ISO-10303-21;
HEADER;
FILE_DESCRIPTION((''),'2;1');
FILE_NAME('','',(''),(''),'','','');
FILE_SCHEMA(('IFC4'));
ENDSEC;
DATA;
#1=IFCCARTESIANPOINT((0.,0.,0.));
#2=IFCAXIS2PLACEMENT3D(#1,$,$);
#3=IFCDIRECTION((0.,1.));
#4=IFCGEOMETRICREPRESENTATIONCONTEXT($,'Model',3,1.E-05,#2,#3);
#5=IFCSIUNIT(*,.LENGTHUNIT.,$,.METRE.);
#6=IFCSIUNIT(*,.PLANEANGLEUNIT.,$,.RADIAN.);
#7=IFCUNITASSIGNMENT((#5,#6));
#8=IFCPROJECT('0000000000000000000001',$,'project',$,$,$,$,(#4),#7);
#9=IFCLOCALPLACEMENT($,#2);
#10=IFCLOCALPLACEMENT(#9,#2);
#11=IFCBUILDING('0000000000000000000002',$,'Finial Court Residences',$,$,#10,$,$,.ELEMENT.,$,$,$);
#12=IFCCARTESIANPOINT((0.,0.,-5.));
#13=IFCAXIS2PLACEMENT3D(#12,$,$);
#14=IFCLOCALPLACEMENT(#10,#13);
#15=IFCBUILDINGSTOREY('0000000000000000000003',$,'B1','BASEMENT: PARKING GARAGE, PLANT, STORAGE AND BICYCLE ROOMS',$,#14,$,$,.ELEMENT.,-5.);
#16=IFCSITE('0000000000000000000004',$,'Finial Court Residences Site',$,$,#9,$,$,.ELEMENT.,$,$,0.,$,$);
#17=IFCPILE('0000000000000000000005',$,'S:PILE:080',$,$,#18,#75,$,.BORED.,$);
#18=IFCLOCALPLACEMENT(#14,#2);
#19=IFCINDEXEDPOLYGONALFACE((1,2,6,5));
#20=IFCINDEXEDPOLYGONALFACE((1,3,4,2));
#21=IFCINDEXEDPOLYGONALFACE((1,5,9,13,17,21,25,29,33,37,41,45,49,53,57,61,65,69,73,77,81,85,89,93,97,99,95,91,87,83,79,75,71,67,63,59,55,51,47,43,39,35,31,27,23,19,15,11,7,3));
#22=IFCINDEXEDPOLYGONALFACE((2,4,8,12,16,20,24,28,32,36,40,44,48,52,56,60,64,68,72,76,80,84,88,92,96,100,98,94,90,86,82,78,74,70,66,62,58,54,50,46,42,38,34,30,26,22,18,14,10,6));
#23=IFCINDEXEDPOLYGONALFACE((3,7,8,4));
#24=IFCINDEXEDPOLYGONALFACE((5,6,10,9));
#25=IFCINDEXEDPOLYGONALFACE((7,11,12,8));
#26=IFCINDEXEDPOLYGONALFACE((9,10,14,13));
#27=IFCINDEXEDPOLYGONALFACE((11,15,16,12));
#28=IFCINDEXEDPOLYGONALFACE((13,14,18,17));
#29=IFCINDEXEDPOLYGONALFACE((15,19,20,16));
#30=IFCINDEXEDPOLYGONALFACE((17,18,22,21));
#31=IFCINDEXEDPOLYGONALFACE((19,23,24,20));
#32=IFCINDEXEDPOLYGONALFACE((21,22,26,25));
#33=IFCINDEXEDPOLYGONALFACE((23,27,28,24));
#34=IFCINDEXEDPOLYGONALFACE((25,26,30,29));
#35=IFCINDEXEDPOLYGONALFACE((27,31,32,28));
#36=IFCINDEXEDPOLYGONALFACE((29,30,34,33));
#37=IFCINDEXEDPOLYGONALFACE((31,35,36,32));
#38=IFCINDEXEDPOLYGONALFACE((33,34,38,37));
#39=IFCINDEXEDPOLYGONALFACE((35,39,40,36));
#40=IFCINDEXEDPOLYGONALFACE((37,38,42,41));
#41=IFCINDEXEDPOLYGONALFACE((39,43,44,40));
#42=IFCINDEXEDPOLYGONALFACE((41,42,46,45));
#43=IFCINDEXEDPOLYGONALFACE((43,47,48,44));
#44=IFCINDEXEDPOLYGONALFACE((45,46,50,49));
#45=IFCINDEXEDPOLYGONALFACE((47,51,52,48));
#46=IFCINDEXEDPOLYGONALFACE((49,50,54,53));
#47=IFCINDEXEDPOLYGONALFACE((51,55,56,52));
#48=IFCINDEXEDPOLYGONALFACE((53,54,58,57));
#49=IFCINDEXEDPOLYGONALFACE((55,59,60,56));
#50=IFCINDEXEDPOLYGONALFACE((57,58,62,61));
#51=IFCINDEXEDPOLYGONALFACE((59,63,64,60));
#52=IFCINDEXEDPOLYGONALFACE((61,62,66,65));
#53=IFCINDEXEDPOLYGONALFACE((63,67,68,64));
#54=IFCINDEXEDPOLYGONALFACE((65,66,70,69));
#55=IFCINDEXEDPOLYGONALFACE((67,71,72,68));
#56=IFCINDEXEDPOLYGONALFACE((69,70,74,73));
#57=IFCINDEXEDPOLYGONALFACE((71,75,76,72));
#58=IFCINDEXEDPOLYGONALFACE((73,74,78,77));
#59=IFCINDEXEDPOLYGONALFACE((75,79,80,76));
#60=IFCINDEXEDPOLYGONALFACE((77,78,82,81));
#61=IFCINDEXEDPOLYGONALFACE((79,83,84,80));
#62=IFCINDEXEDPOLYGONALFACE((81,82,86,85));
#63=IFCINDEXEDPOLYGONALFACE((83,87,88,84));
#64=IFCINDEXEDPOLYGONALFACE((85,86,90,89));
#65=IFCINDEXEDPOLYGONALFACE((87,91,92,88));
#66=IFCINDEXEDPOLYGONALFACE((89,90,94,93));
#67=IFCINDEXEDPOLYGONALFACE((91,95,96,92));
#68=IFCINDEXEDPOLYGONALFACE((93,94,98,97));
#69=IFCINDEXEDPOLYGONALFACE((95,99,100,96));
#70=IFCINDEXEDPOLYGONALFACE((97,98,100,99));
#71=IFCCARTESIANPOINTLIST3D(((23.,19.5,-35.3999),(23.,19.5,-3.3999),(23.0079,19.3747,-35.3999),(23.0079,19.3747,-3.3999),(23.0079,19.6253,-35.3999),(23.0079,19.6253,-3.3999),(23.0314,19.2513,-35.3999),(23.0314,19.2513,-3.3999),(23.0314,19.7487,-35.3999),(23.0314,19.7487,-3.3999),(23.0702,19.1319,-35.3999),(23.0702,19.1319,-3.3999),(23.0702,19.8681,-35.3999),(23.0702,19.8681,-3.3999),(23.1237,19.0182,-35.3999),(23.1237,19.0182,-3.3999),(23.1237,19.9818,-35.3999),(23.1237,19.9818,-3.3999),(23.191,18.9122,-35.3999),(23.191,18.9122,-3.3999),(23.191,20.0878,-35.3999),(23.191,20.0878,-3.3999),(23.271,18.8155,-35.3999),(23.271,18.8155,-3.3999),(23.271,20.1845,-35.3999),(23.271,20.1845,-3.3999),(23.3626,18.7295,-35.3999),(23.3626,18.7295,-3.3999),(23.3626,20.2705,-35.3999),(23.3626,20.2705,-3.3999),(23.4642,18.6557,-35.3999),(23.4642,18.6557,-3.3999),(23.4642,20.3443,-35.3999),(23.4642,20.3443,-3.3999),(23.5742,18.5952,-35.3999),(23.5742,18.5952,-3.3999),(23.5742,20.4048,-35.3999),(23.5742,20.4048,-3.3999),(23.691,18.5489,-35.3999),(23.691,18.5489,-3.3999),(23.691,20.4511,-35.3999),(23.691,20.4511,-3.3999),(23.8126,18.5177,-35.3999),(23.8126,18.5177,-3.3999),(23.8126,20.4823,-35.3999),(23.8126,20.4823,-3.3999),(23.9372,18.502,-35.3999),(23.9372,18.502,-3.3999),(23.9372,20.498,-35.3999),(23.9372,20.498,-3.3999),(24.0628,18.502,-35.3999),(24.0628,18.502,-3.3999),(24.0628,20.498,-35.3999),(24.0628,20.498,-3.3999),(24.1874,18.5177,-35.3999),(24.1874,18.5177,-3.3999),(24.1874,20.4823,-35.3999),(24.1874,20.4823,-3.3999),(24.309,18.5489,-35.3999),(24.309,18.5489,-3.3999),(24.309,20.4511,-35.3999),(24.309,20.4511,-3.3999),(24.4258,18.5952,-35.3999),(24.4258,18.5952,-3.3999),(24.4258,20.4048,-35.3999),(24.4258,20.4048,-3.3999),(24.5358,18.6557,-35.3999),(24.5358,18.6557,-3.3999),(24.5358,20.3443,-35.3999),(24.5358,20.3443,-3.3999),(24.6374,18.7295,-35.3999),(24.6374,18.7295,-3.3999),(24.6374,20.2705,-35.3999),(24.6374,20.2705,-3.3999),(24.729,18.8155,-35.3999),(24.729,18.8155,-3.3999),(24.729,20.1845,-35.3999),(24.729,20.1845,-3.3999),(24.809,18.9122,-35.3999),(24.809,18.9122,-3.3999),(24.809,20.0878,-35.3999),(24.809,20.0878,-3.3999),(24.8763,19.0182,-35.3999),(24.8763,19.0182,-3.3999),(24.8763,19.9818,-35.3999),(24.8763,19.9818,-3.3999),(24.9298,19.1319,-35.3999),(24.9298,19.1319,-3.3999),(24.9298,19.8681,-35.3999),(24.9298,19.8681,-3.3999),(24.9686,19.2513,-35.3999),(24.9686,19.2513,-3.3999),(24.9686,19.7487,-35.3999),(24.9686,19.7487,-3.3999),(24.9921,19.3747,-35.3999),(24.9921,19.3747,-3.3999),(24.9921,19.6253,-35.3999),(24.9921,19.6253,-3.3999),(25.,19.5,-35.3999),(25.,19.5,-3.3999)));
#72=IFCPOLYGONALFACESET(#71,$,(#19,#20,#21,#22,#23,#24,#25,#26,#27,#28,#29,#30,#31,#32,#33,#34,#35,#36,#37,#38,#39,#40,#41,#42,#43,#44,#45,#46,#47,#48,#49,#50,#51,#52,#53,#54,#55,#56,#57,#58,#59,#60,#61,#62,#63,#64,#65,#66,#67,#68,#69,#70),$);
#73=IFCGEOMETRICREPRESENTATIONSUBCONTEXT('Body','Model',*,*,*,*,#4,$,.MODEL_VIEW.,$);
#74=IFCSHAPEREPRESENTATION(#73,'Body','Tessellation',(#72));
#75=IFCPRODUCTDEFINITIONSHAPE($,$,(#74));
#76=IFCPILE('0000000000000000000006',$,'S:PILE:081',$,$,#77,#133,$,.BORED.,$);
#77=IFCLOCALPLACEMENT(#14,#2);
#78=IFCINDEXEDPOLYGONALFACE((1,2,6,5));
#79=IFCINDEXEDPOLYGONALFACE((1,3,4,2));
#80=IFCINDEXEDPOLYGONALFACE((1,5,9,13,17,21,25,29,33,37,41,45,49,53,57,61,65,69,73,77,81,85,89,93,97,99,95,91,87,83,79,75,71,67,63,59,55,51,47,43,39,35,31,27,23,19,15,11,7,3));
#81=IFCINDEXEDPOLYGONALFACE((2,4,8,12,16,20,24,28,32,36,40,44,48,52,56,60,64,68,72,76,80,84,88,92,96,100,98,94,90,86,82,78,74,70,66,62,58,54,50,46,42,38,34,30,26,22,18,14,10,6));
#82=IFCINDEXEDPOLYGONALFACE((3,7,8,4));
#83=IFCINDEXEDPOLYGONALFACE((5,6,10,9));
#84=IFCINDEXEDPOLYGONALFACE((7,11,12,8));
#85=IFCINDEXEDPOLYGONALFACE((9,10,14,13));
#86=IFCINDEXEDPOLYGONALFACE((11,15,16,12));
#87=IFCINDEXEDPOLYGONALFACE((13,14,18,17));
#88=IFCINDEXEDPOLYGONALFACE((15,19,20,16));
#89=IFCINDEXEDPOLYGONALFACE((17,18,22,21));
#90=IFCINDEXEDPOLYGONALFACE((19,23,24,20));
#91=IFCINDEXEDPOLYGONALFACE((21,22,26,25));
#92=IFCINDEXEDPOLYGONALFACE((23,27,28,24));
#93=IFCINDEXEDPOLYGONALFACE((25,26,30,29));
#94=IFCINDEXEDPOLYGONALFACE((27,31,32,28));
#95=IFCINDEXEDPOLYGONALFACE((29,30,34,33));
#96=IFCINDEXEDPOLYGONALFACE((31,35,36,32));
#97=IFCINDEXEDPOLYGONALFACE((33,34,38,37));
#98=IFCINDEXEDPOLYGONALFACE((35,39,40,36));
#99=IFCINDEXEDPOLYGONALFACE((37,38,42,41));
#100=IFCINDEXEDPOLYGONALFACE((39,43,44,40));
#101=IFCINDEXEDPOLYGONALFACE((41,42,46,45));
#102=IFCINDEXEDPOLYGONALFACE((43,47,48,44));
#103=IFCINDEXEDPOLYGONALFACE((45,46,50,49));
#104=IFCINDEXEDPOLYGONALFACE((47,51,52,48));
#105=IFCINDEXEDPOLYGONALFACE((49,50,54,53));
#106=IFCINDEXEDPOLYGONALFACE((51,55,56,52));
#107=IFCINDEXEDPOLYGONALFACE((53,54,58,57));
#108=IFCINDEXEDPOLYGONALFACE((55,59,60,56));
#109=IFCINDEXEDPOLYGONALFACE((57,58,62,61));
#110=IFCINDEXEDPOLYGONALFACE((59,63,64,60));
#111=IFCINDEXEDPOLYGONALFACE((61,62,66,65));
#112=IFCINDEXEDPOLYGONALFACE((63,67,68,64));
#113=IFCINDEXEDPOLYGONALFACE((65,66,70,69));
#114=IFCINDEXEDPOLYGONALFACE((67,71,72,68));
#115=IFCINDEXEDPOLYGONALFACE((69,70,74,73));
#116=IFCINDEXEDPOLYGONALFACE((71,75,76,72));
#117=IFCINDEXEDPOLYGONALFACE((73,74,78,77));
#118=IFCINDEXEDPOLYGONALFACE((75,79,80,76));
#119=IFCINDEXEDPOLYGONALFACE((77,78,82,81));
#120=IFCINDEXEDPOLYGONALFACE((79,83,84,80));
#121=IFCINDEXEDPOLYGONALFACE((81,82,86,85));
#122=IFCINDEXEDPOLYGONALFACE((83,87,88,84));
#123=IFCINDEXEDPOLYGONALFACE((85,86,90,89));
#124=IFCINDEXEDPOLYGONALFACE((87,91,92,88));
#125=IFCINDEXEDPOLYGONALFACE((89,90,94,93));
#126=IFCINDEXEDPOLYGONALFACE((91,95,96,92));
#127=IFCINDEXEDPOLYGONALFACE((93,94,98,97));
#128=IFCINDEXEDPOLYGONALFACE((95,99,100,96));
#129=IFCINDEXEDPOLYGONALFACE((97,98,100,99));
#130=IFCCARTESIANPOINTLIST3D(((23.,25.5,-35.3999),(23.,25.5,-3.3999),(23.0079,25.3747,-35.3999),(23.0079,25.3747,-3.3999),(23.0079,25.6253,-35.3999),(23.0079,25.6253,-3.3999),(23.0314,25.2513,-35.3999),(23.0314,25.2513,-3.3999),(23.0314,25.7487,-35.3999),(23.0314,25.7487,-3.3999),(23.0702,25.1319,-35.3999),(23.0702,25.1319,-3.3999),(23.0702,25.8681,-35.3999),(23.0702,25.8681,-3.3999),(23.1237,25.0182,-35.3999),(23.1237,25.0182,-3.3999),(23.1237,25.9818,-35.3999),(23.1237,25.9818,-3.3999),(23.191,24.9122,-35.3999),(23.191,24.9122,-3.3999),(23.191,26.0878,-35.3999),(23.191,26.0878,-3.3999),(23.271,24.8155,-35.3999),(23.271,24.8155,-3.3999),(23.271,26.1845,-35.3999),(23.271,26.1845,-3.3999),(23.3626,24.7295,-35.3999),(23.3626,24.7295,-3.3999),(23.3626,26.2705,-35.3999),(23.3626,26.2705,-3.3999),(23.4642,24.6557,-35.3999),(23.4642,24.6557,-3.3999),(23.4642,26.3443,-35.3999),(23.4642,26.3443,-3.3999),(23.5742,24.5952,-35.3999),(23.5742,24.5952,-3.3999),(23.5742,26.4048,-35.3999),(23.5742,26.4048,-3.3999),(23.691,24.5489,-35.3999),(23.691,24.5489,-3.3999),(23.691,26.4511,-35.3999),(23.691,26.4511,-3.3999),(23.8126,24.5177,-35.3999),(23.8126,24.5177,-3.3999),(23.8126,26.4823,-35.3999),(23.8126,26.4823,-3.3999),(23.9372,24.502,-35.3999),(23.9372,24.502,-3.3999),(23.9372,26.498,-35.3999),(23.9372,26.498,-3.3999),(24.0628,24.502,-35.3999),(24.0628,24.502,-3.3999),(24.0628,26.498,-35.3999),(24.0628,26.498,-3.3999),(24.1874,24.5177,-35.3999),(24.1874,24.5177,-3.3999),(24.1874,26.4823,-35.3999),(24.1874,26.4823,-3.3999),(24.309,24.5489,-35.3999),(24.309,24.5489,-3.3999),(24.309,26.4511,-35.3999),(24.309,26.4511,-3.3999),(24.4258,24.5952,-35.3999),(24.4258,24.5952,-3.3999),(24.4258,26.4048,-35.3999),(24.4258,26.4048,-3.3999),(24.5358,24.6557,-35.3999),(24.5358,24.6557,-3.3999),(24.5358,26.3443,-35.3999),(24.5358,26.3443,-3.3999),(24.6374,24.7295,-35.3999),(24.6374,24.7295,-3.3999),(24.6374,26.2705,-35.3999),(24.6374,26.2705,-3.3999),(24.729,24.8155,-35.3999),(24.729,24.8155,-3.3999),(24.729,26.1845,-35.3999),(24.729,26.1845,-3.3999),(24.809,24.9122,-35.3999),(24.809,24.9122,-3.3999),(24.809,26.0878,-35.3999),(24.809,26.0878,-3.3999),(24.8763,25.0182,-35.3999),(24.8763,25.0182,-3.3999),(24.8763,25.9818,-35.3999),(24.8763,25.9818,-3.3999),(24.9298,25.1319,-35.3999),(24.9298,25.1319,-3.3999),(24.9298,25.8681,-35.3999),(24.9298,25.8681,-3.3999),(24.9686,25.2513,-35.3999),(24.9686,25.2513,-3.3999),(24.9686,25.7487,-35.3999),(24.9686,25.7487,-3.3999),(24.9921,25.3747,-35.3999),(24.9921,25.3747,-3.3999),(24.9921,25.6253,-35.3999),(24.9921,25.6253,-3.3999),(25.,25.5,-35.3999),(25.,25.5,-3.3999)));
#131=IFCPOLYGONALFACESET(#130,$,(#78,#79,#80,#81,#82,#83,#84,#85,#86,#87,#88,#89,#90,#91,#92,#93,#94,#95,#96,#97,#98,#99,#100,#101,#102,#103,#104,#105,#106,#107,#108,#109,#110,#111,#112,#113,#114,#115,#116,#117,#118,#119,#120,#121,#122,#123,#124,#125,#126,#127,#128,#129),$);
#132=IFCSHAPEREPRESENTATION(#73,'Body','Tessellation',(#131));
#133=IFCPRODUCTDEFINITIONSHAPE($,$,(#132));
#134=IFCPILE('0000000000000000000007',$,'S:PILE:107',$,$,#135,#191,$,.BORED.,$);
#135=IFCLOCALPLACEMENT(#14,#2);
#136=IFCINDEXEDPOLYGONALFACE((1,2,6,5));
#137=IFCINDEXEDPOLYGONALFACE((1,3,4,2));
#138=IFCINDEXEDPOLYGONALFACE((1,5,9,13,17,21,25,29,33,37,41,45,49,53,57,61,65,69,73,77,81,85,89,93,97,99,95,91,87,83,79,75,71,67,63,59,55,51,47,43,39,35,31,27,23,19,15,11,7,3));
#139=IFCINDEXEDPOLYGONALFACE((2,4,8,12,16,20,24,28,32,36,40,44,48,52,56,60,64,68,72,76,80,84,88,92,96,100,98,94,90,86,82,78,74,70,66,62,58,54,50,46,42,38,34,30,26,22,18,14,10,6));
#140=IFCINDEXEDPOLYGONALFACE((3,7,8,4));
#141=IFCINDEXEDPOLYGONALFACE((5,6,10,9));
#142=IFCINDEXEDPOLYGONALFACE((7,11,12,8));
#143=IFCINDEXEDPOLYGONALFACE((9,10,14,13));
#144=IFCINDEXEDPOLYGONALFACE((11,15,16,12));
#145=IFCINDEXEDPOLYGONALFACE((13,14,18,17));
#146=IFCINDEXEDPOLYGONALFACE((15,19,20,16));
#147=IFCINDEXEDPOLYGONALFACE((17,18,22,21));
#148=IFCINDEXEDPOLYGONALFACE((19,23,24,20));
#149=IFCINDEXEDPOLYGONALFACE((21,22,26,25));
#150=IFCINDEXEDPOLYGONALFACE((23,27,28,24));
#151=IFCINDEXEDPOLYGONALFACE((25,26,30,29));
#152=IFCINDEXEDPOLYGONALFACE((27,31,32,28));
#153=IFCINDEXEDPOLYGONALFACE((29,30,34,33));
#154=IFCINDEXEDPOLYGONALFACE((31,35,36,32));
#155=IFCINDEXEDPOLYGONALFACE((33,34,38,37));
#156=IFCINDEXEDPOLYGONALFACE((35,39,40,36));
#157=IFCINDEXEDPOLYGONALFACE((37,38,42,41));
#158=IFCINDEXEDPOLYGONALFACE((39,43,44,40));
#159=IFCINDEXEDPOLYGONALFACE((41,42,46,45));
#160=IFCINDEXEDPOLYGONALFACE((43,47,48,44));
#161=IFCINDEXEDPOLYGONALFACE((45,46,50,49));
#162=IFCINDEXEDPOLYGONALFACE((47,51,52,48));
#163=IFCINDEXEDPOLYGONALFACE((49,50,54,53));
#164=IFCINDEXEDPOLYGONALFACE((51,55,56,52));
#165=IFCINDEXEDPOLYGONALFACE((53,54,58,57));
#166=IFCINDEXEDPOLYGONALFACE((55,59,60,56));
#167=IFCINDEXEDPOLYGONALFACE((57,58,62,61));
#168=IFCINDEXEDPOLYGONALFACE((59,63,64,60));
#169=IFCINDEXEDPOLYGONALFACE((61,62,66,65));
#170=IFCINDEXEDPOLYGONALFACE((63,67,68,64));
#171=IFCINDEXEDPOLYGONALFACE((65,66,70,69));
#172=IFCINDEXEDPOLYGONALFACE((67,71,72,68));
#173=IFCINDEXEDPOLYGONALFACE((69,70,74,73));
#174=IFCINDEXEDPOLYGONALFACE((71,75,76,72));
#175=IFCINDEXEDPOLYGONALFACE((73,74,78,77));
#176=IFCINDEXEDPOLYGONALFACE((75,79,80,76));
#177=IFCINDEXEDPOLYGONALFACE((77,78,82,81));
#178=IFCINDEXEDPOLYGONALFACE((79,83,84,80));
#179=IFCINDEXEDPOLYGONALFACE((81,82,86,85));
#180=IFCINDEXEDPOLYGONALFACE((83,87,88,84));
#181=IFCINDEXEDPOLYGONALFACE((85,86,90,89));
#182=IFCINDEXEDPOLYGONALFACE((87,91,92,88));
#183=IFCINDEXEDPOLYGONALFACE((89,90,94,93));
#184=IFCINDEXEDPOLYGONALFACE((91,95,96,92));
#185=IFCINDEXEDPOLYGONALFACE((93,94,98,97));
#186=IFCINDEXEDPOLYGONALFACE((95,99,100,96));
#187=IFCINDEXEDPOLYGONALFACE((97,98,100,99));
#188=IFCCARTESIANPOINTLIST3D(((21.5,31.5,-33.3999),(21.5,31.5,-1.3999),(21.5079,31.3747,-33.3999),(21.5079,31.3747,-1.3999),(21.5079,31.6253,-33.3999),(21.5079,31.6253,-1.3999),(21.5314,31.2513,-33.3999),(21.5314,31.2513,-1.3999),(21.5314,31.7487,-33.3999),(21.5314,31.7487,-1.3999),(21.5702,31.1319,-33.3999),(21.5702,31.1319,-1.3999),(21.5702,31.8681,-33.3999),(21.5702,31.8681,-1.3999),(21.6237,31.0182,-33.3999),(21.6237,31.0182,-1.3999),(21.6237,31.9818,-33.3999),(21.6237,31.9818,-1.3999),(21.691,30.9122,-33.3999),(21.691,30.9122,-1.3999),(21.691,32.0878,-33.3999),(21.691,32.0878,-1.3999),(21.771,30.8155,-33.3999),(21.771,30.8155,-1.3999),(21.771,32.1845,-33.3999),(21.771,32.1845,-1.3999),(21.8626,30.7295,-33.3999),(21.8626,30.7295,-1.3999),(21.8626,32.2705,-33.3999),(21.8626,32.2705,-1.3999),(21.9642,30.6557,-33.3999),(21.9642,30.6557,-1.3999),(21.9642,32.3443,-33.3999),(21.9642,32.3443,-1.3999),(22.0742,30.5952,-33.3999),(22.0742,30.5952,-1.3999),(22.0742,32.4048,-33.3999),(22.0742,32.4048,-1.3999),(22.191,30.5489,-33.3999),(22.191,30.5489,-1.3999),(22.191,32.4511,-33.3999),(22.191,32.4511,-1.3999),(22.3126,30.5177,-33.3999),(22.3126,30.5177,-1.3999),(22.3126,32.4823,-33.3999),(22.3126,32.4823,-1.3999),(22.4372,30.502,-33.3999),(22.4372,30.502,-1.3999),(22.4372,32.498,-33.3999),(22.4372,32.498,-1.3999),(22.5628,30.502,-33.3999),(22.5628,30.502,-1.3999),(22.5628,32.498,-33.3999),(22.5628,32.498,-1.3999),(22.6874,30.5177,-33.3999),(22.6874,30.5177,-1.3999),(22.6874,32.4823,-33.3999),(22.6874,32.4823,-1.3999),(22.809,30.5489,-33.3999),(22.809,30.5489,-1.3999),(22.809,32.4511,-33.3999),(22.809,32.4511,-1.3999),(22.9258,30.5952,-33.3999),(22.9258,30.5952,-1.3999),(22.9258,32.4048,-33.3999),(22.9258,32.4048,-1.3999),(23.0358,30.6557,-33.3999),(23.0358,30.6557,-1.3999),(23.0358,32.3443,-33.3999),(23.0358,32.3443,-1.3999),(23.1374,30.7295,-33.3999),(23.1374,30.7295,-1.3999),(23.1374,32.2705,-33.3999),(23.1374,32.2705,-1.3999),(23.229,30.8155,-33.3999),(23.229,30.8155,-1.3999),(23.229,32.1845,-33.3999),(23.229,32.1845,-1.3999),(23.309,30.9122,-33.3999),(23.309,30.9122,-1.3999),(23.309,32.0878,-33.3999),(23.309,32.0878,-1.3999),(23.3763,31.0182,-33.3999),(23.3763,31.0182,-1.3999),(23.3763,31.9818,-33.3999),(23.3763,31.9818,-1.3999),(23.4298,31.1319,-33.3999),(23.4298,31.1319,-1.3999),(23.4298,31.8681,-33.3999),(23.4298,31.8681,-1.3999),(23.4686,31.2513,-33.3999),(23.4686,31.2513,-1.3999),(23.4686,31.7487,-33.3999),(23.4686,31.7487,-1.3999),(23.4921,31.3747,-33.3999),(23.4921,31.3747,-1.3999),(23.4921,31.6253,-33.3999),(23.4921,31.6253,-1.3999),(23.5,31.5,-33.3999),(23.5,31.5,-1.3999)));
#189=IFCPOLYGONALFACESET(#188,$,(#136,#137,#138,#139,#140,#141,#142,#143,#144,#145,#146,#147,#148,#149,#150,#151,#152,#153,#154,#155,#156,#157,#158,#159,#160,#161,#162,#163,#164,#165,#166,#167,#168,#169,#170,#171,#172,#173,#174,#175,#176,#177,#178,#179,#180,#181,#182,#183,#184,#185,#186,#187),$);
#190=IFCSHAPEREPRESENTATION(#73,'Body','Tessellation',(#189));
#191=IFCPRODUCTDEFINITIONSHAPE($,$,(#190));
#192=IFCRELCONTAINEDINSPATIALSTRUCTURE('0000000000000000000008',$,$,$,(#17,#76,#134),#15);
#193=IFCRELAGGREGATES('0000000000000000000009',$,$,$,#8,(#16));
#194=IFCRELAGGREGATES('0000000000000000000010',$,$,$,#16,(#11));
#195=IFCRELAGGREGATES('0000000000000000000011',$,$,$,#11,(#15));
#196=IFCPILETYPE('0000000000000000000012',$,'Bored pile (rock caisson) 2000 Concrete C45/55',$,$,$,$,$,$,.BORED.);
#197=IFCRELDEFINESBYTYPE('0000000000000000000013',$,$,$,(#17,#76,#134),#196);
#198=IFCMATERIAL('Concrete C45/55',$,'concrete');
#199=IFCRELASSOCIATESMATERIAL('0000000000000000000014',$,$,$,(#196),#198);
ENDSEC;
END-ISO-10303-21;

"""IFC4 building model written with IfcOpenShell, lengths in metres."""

from ifc_helpers import new_model, si_unit, direction, frame, origin, origin_2d, place, context, subcontext, project, spatial, circle, extrude, material, material_profile, profile_set, type_object, element, save


model = new_model("IFC4")

# Units and contexts
model_context = context("Model", 3, precision=1e-05, world=origin(), true_north=direction((0.0, 1.0)))
body_context = subcontext(model_context, "Body", "Model", "MODEL_VIEW")
ifc_project = project(units=[si_unit("LENGTHUNIT", "METRE"), si_unit("PLANEANGLEUNIT", "RADIAN")], contexts=[model_context])

# Site, building, storey
site_placement = place(None, origin())
site = spatial("IfcSite", under=ifc_project, at=site_placement, Name="Finial Court Residences Site", CompositionType="ELEMENT", RefElevation=0.0)
building_placement = place(site_placement, origin())
building = spatial("IfcBuilding", under=site, at=building_placement, Name="Finial Court Residences", CompositionType="ELEMENT")
storey_placement = place(building_placement, frame((0.0, 0.0, -5.0)))
storey = spatial("IfcBuildingStorey", under=building, at=storey_placement, Name="B1", Description="BASEMENT: PARKING GARAGE, PLANT, STORAGE AND BICYCLE ROOMS", CompositionType="ELEMENT", Elevation=-5.0)

# Piles
ifc_material_1 = material(Name="Concrete C45/55", Category="concrete")
ifc_material_profile_1 = material_profile(ifc_material_1, circle(Radius=1.0, at=origin_2d()), Name="D2000")
ifc_profile_set_1 = profile_set([ifc_material_profile_1], Name="Concrete C45/55")
pile_type = type_object("IfcPileType", Name="Bored pile (rock caisson) 2000 Concrete C45/55", PredefinedType="BORED", material=ifc_profile_set_1)
for number, where, z_axis, x_axis, name in (
    (1, (24.0, 19.5, -3.3999), (0.0, 0.0, -1.0), (1.0, 0.0, 0.0), "S:PILE:080"),
    (2, (24.0, 25.5, -3.3999), (0.0, 0.0, -1.0), (1.0, 0.0, 0.0), "S:PILE:081"),
    (3, (22.5, 31.5, -1.3999), (0.0, 0.0, -1.0), (1.0, 0.0, 0.0), "S:PILE:107"),
):
    element("IfcPile", number, at=place(storey_placement, frame(where, z_axis=z_axis, x_axis=x_axis)), inside=storey, type_object=pile_type, Name=name, PredefinedType="BORED", context=body_context, shape_type="SweptSolid", body=[
        extrude(circle(Radius=1.0, at=origin_2d()), origin(), (0.0, 0.0, 1.0), 32.0),
    ])

save(model, "model.ifc")
